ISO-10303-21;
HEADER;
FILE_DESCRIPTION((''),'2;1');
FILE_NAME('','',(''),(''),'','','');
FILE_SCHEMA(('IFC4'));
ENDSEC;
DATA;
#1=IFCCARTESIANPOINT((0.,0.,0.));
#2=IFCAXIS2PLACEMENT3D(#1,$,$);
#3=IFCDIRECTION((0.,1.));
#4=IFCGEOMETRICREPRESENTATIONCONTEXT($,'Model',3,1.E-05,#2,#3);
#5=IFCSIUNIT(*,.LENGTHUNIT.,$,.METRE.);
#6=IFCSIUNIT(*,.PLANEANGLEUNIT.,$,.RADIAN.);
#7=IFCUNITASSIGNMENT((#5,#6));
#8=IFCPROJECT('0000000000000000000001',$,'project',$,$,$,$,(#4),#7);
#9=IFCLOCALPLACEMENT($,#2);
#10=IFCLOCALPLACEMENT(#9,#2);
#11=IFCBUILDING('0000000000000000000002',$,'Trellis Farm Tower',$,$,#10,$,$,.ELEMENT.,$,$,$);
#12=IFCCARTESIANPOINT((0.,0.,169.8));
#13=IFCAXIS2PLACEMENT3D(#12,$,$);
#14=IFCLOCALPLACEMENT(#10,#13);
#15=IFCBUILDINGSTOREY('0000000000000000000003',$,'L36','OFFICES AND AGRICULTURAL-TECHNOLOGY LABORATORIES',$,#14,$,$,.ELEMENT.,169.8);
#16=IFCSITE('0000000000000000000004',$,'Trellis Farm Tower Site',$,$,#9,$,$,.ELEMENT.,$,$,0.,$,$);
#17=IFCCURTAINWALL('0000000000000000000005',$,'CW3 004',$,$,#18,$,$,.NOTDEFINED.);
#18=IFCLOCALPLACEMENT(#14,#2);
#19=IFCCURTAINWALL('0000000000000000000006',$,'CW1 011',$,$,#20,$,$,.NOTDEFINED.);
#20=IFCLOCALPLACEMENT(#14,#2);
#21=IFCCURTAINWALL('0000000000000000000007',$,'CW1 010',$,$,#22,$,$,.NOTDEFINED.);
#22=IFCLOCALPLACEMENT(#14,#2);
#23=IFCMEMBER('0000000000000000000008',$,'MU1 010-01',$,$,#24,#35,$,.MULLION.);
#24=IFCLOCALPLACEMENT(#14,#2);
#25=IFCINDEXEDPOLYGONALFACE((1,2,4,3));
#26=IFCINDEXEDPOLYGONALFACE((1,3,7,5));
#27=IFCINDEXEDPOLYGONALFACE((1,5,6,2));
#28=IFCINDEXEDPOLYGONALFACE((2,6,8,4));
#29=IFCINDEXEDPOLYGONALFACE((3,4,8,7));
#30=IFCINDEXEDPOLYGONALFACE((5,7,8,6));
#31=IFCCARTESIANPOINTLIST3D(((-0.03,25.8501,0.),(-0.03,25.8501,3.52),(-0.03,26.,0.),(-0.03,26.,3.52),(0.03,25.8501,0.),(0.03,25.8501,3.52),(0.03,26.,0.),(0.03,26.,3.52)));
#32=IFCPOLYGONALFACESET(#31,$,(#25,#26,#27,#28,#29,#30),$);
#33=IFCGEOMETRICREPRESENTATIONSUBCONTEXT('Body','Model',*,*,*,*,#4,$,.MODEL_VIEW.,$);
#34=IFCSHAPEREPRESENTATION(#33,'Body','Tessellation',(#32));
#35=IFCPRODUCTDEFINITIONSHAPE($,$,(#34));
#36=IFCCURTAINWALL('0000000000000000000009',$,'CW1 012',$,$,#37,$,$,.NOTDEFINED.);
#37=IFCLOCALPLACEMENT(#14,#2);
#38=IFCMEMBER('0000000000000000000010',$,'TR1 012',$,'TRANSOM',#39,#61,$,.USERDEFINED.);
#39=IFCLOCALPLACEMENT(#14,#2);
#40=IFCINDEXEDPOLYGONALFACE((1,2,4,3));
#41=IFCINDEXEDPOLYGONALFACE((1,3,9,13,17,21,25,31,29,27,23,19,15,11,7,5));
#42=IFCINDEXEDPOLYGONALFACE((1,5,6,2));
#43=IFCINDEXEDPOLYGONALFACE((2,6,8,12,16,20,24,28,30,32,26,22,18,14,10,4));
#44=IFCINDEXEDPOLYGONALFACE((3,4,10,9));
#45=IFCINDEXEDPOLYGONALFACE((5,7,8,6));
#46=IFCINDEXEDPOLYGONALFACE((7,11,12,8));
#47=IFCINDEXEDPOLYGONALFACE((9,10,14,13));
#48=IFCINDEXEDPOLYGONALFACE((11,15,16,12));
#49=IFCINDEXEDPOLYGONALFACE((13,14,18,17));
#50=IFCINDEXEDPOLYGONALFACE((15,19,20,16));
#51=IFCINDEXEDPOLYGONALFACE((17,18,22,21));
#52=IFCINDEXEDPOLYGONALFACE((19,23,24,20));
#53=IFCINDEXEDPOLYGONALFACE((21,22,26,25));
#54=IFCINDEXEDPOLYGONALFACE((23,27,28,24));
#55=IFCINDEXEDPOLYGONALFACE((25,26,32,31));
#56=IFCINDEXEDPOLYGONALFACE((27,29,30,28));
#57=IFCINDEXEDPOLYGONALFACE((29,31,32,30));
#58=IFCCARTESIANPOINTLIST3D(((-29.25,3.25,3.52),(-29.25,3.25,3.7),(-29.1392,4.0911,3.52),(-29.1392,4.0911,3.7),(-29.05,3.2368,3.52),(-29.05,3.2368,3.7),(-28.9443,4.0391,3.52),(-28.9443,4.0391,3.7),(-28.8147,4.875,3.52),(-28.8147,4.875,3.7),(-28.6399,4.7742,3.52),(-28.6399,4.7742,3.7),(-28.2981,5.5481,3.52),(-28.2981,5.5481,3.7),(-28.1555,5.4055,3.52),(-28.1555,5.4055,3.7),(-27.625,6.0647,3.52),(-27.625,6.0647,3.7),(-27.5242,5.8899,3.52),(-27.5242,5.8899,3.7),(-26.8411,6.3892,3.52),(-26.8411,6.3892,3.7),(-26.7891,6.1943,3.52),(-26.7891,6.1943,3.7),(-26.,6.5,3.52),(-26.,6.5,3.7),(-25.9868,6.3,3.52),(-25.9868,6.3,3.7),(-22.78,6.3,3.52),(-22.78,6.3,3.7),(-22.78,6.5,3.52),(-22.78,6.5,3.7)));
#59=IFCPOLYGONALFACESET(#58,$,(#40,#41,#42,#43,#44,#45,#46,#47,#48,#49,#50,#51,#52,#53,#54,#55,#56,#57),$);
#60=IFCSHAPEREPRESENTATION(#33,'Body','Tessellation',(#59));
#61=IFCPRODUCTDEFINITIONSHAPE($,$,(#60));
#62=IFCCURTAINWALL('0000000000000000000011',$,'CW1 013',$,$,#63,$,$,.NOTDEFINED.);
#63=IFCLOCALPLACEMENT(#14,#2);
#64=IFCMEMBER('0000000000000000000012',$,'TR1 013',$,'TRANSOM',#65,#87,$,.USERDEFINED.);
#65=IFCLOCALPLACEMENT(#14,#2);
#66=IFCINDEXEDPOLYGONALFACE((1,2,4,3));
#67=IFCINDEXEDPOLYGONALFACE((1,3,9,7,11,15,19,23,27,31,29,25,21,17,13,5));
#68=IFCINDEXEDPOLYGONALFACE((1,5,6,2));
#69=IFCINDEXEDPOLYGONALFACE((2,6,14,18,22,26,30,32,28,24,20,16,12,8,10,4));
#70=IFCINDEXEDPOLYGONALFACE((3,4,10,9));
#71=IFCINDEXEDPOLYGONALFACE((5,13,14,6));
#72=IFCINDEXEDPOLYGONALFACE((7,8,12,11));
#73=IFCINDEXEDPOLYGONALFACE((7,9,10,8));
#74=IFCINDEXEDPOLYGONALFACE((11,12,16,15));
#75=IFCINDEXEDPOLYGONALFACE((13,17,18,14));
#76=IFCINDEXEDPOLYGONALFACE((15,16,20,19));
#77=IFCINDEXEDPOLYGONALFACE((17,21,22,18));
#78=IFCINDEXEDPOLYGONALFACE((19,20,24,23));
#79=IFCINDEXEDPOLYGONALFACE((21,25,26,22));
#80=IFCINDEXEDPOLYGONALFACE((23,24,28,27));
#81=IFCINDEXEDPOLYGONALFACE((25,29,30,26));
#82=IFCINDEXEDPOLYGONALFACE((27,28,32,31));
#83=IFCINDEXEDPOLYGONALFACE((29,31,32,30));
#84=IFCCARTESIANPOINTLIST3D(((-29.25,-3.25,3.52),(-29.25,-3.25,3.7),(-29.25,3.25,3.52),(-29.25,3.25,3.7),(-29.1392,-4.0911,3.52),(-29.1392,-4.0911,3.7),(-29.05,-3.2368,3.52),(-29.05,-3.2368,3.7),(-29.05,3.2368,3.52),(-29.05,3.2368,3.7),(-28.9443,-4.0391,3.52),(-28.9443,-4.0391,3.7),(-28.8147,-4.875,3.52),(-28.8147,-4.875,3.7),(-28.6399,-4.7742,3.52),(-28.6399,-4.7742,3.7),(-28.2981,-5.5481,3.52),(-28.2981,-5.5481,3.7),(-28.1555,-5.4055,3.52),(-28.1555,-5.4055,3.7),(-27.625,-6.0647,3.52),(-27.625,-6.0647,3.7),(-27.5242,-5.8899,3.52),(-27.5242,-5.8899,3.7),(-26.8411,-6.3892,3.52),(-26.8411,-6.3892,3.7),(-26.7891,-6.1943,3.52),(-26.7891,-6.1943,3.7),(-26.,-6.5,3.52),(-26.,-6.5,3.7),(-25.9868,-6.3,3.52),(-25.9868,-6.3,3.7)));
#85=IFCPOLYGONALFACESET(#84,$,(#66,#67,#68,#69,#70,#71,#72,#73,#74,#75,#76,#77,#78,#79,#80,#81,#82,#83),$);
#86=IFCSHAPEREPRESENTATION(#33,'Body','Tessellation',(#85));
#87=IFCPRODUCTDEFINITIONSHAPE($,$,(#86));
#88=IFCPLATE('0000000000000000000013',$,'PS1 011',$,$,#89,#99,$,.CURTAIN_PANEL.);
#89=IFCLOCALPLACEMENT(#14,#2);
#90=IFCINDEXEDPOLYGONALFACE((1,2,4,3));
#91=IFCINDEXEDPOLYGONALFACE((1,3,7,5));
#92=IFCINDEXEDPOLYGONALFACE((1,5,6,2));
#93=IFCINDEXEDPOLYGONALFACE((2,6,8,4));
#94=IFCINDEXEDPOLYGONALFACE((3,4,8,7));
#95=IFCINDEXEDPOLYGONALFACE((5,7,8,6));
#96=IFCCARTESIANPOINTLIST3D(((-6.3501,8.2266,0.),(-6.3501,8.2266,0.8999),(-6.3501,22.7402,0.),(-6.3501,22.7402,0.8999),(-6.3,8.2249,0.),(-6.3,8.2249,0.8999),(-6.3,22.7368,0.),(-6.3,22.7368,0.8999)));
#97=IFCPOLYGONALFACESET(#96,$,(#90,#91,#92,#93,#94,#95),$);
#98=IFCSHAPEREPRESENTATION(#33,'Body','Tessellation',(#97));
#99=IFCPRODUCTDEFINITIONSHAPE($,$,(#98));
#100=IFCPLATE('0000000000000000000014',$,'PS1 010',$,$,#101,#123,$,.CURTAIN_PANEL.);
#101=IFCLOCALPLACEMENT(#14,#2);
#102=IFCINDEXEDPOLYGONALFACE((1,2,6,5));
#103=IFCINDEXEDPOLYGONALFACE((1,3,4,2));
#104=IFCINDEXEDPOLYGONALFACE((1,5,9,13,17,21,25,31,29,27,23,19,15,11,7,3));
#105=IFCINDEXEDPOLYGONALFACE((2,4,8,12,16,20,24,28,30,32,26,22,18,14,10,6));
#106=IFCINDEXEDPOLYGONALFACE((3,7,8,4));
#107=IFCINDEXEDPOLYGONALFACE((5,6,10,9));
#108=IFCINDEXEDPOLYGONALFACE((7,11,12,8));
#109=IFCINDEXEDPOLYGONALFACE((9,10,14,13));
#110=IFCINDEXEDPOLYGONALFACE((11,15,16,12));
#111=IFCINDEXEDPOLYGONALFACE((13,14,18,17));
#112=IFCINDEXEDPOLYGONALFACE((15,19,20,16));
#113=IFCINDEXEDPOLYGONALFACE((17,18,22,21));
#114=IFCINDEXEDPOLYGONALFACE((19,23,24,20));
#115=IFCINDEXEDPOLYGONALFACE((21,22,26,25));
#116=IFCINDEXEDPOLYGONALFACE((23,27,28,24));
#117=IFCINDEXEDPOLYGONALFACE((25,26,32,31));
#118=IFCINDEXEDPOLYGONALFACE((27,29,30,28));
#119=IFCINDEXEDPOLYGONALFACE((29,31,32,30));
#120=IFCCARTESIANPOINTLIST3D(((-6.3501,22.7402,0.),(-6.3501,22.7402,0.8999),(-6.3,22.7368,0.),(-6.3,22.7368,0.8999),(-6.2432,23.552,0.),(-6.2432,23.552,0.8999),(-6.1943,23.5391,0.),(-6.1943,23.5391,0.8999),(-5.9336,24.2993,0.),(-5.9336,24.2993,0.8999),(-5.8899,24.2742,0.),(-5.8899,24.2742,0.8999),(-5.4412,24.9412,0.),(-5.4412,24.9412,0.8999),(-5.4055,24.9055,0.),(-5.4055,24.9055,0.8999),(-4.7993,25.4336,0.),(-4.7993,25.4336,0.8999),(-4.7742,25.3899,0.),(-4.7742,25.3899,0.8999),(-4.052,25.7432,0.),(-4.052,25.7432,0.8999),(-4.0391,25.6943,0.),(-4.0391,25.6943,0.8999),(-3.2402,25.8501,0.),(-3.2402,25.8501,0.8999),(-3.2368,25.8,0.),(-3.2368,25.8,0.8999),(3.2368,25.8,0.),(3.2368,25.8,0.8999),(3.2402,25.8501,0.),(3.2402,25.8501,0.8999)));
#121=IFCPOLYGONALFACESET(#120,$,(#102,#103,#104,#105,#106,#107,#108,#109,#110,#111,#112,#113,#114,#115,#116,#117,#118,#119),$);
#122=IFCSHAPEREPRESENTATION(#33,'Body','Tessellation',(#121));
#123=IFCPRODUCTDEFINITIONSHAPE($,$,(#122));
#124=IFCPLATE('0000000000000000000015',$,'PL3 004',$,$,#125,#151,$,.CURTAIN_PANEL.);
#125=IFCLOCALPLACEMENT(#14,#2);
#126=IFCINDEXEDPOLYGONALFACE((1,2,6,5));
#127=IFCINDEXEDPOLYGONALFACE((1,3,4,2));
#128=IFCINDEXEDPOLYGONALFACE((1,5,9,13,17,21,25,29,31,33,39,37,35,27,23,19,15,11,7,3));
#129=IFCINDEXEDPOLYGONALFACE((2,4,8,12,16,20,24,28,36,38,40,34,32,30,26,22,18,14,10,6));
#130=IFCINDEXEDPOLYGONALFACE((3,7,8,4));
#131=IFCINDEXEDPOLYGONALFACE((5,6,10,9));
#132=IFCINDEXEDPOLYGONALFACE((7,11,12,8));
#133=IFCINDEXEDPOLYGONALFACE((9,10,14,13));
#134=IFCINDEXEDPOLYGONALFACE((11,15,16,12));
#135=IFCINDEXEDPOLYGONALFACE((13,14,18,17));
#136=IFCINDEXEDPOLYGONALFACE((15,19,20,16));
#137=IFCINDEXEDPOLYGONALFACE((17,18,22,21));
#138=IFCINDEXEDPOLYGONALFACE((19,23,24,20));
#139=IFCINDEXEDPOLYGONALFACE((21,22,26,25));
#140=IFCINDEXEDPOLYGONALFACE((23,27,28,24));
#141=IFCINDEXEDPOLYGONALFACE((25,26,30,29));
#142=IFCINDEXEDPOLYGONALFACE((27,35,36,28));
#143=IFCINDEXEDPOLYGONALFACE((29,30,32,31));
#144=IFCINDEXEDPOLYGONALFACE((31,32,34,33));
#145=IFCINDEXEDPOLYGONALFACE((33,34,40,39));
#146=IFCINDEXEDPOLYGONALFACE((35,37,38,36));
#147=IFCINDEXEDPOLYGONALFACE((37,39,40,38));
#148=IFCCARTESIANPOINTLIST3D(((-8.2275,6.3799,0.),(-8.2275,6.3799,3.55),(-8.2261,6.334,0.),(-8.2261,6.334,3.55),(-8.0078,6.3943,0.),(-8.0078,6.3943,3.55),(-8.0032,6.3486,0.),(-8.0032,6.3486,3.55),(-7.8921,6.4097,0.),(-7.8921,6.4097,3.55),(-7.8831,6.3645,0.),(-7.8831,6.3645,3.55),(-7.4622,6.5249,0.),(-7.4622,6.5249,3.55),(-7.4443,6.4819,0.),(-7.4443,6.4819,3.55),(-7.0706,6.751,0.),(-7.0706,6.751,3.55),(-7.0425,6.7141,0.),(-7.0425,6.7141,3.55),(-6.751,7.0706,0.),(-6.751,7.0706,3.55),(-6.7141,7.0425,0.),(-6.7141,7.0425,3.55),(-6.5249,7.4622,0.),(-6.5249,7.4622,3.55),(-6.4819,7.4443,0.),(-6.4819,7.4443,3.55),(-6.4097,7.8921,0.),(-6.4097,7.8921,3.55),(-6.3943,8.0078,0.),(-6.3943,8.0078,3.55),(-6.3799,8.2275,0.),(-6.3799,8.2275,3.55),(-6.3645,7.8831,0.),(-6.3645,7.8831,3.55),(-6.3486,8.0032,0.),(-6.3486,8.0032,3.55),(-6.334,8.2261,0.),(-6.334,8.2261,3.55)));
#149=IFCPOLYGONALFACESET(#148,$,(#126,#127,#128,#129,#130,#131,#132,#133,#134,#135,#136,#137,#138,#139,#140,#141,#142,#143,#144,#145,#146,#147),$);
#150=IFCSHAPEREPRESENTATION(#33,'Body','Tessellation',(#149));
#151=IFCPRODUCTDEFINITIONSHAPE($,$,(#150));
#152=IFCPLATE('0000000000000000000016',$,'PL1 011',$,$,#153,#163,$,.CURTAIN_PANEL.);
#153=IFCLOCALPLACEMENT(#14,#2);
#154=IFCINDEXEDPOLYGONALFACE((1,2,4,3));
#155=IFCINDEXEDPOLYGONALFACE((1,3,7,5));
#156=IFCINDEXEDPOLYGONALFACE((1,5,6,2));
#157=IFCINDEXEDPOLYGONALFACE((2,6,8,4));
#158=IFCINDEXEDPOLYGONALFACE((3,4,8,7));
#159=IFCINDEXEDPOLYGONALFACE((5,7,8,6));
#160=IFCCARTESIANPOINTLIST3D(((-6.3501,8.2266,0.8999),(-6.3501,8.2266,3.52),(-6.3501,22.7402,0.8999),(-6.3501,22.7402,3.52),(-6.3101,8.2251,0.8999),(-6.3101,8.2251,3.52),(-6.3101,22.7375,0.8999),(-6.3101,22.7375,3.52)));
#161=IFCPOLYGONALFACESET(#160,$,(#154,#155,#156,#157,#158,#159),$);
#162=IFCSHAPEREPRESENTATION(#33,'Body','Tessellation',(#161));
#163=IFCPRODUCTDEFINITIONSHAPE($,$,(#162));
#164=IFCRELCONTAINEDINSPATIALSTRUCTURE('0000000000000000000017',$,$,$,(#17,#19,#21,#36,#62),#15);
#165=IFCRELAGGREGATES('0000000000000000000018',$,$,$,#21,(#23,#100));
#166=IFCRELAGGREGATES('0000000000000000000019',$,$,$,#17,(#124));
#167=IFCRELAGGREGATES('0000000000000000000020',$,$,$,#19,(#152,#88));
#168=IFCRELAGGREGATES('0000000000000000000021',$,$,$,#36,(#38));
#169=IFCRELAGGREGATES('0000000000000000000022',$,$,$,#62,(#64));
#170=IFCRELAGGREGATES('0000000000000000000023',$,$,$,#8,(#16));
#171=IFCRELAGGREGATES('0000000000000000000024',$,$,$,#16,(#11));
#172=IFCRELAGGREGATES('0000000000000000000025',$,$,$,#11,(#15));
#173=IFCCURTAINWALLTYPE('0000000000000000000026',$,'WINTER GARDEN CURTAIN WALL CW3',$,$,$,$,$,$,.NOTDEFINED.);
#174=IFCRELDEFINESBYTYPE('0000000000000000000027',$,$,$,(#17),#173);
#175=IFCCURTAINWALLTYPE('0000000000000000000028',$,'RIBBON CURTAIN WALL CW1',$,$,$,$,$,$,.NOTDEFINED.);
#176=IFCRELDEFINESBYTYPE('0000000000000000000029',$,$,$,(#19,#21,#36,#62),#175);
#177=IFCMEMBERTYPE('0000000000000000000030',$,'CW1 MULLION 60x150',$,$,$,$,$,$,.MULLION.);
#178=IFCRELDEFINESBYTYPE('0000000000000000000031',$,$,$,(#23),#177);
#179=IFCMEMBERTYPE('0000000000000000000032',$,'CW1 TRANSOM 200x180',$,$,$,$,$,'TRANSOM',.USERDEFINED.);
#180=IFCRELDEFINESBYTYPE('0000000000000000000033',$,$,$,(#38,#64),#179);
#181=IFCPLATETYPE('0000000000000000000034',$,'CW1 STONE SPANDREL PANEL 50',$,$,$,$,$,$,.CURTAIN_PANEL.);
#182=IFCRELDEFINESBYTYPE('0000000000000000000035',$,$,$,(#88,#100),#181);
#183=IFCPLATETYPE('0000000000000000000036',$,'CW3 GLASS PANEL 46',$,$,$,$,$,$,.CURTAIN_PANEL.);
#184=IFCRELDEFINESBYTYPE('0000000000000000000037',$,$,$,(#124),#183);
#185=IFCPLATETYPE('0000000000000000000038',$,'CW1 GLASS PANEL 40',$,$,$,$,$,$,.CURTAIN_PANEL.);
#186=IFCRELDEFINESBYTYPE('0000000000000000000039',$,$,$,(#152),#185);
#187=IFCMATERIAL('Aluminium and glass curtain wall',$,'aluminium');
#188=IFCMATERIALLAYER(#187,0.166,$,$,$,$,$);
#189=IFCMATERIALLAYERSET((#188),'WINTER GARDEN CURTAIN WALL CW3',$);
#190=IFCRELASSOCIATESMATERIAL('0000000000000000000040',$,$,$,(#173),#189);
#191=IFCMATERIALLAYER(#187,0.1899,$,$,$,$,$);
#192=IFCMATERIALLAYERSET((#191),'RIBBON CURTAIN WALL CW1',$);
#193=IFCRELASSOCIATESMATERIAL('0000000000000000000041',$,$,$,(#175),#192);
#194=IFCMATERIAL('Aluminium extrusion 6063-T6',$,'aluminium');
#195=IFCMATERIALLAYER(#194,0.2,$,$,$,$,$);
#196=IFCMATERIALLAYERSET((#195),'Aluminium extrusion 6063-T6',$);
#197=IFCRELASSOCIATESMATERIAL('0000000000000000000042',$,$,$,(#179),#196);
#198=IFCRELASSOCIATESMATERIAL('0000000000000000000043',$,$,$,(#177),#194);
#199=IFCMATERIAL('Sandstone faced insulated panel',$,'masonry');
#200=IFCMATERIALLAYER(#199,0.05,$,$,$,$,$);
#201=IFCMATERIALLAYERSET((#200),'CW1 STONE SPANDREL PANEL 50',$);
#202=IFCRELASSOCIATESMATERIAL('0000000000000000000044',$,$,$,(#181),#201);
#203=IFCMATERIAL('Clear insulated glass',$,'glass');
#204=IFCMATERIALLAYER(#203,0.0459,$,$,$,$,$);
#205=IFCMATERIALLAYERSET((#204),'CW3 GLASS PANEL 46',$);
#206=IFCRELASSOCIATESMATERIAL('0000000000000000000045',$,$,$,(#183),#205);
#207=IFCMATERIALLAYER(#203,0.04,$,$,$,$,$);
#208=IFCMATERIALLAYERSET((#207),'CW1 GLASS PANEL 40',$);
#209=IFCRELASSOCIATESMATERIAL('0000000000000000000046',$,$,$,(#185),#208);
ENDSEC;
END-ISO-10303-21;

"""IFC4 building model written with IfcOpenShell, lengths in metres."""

from ifc_helpers import new_model, si_unit, direction, frame, origin, origin_2d, place, context, subcontext, project, spatial, polyline, rectangle, outline, extrude, source, transform, mapped, material, layer, layer_set, material_profile, profile_set, type_object, element, aggregate, save


model = new_model("IFC4")

# Units and contexts
model_context = context("Model", 3, precision=1e-05, world=origin(), true_north=direction((0.0, 1.0)))
body_context = subcontext(model_context, "Body", "Model", "MODEL_VIEW")
ifc_project = project(units=[si_unit("LENGTHUNIT", "METRE"), si_unit("PLANEANGLEUNIT", "RADIAN")], contexts=[model_context])

# Site, building, storey
site_placement = place(None, origin())
site = spatial("IfcSite", under=ifc_project, at=site_placement, Name="Trellis Farm Tower Site", CompositionType="ELEMENT", RefElevation=0.0)
building_placement = place(site_placement, origin())
building = spatial("IfcBuilding", under=site, at=building_placement, Name="Trellis Farm Tower", CompositionType="ELEMENT")
storey_placement = place(building_placement, frame((0.0, 0.0, 169.8)))
storey = spatial("IfcBuildingStorey", under=building, at=storey_placement, Name="L36", Description="OFFICES AND AGRICULTURAL-TECHNOLOGY LABORATORIES", CompositionType="ELEMENT", Elevation=169.8)

# Curtain walls
ifc_material_1 = material(Name="Aluminium and glass curtain wall", Category="aluminium")
ifc_layer_1 = layer(ifc_material_1, 0.166)
ifc_layer_set_1 = layer_set([ifc_layer_1], Name="WINTER GARDEN CURTAIN WALL CW3")
curtain_wall_type_1 = type_object("IfcCurtainWallType", Name="WINTER GARDEN CURTAIN WALL CW3", PredefinedType="NOTDEFINED", material=ifc_layer_set_1)
placement_1 = place(storey_placement, origin())
curtain_wall_1 = element("IfcCurtainWall", 1, at=placement_1, inside=storey, type_object=curtain_wall_type_1, Name="CW3 004", PredefinedType="NOTDEFINED")
ifc_material_2 = material(Name="Aluminium extrusion 6063-T6", Category="aluminium")
ifc_layer_2 = layer(ifc_material_1, 0.1899)
ifc_layer_set_2 = layer_set([ifc_layer_2], Name="RIBBON CURTAIN WALL CW1")
curtain_wall_type_2 = type_object("IfcCurtainWallType", Name="RIBBON CURTAIN WALL CW1", PredefinedType="NOTDEFINED", material=ifc_layer_set_2)
curtain_wall_2 = element("IfcCurtainWall", 2, at=placement_1, inside=storey, type_object=curtain_wall_type_2, Name="CW1 011", PredefinedType="NOTDEFINED")
ifc_layer_3 = layer(ifc_material_2, 0.2)
ifc_layer_set_3 = layer_set([ifc_layer_3], Name="Aluminium extrusion 6063-T6")
member_type_1 = type_object("IfcMemberType", Name="CW1 TRANSOM 200x180", ElementType="TRANSOM", PredefinedType="USERDEFINED", material=ifc_layer_set_3)
placement_2 = place(storey_placement, frame((0.0, 0.0, 3.52)))

# Curtain wall, member
curtain_wall_3 = element("IfcCurtainWall", 3, at=placement_1, inside=storey, type_object=curtain_wall_type_2, Name="CW1 010", PredefinedType="NOTDEFINED")
ifc_material_profile_1 = material_profile(ifc_material_2, rectangle(XDim=0.0601, YDim=0.1499, at=origin_2d()), Name="MULLION 60x150")
ifc_profile_set_1 = profile_set([ifc_material_profile_1], Name="Aluminium extrusion 6063-T6")
member_type_2 = type_object("IfcMemberType", Name="CW1 MULLION 60x150", PredefinedType="MULLION", material=ifc_profile_set_1)
shared_shape_1 = source(origin(), body_context, "Body", "SweptSolid", [
    extrude(rectangle(XDim=0.0601, YDim=0.1499, at=origin_2d()), origin(), (0.0, 0.0, 1.0), 3.52),
])
member_1_placement = place(storey_placement, frame((0.0, 25.925, 0.0), z_axis=(0.0, 0.0, 1.0), x_axis=(-1.0, 0.0, 0.0)))
member_1 = element("IfcMember", 4, at=member_1_placement, type_object=member_type_2, Name="MU1 010-01", PredefinedType="MULLION", context=body_context, shape_type="MappedRepresentation", body=[
    mapped(shared_shape_1, transform((0.0, 0.0, 0.0))),
])

# Curtain walls, members
curtain_wall_4 = element("IfcCurtainWall", 5, at=placement_1, inside=storey, type_object=curtain_wall_type_2, Name="CW1 012", PredefinedType="NOTDEFINED")
shared_shape_2 = source(origin(), body_context, "Body", "SweptSolid", [
    extrude(outline(polyline([(-22.78, 6.5), (-26.0, 6.5), (-26.8411, 6.3892), (-27.625, 6.0647), (-28.2981, 5.5481), (-28.8147, 4.875), (-29.1392, 4.0911), (-29.25, 3.25), (-29.05, 3.2368), (-28.9443, 4.0391), (-28.6399, 4.7742), (-28.1555, 5.4055), (-27.5242, 5.8899), (-26.7891, 6.1943), (-25.9868, 6.3), (-22.78, 6.3), (-22.78, 6.5)])), origin(), (0.0, 0.0, 1.0), 0.1799),
])
member_2 = element("IfcMember", 6, at=placement_2, type_object=member_type_1, Name="TR1 012", ObjectType="TRANSOM", PredefinedType="USERDEFINED", context=body_context, shape_type="MappedRepresentation", body=[
    mapped(shared_shape_2, transform((0.0, 0.0, 0.0))),
])
curtain_wall_5 = element("IfcCurtainWall", 7, at=placement_1, inside=storey, type_object=curtain_wall_type_2, Name="CW1 013", PredefinedType="NOTDEFINED")
shared_shape_3 = source(origin(), body_context, "Body", "SweptSolid", [
    extrude(outline(polyline([(-29.25, 3.25), (-29.25, -3.25), (-29.1392, -4.0911), (-28.8147, -4.875), (-28.2981, -5.5481), (-27.625, -6.0647), (-26.8411, -6.3892), (-26.0, -6.5), (-25.9868, -6.3), (-26.7891, -6.1943), (-27.5242, -5.8899), (-28.1555, -5.4055), (-28.6399, -4.7742), (-28.9443, -4.0391), (-29.05, -3.2368), (-29.05, 3.2368), (-29.25, 3.25)])), origin(), (0.0, 0.0, 1.0), 0.1799),
])
member_3 = element("IfcMember", 8, at=placement_2, type_object=member_type_1, Name="TR1 013", ObjectType="TRANSOM", PredefinedType="USERDEFINED", context=body_context, shape_type="MappedRepresentation", body=[
    mapped(shared_shape_3, transform((0.0, 0.0, 0.0))),
])

# Plates
ifc_material_3 = material(Name="Sandstone faced insulated panel", Category="masonry")
ifc_layer_4 = layer(ifc_material_3, 0.05)
ifc_layer_set_4 = layer_set([ifc_layer_4], Name="CW1 STONE SPANDREL PANEL 50")
plate_type_1 = type_object("IfcPlateType", Name="CW1 STONE SPANDREL PANEL 50", PredefinedType="CURTAIN_PANEL", material=ifc_layer_set_4)
shared_shape_4 = source(origin(), body_context, "Body", "SweptSolid", [
    extrude(outline(polyline([(-6.3501, 22.7402), (-6.3501, 8.2266), (-6.3, 8.2249), (-6.3, 22.7368), (-6.3501, 22.7402)])), origin(), (0.0, 0.0, 1.0), 0.8999),
])
plate_1 = element("IfcPlate", 9, at=placement_1, type_object=plate_type_1, Name="PS1 011", PredefinedType="CURTAIN_PANEL", context=body_context, shape_type="MappedRepresentation", body=[
    mapped(shared_shape_4, transform((0.0, 0.0, 0.0))),
])
shared_shape_5 = source(origin(), body_context, "Body", "SweptSolid", [
    extrude(outline(polyline([(3.2402, 25.8501), (-3.2402, 25.8501), (-4.052, 25.7432), (-4.7993, 25.4336), (-5.4412, 24.9412), (-5.9336, 24.2993), (-6.2432, 23.552), (-6.3501, 22.7402), (-6.3, 22.7368), (-6.1943, 23.5391), (-5.8899, 24.2742), (-5.4055, 24.9055), (-4.7742, 25.3899), (-4.0391, 25.6943), (-3.2368, 25.8), (3.2368, 25.8), (3.2402, 25.8501)])), origin(), (0.0, 0.0, 1.0), 0.8999),
])
plate_2 = element("IfcPlate", 10, at=placement_1, type_object=plate_type_1, Name="PS1 010", PredefinedType="CURTAIN_PANEL", context=body_context, shape_type="MappedRepresentation", body=[
    mapped(shared_shape_5, transform((0.0, 0.0, 0.0))),
])
aggregate(curtain_wall_3, [member_1, plate_2])
ifc_material_4 = material(Name="Clear insulated glass", Category="glass")
ifc_layer_5 = layer(ifc_material_4, 0.0459)
ifc_layer_set_5 = layer_set([ifc_layer_5], Name="CW3 GLASS PANEL 46")
plate_type_2 = type_object("IfcPlateType", Name="CW3 GLASS PANEL 46", PredefinedType="CURTAIN_PANEL", material=ifc_layer_set_5)
shared_shape_6 = source(origin(), body_context, "Body", "SweptSolid", [
    extrude(outline(polyline([(-6.3799, 8.2275), (-6.3943, 8.0078), (-6.4097, 7.8921), (-6.5249, 7.4622), (-6.751, 7.0706), (-7.0706, 6.751), (-7.4622, 6.5249), (-7.8921, 6.4097), (-8.0078, 6.3943), (-8.2275, 6.3799), (-8.2261, 6.334), (-8.0032, 6.3486), (-7.8831, 6.3645), (-7.4443, 6.4819), (-7.0425, 6.7141), (-6.7141, 7.0425), (-6.4819, 7.4443), (-6.3645, 7.8831), (-6.3486, 8.0032), (-6.334, 8.2261), (-6.3799, 8.2275)])), origin(), (0.0, 0.0, 1.0), 3.55),
])
plate_3 = element("IfcPlate", 11, at=placement_1, type_object=plate_type_2, Name="PL3 004", PredefinedType="CURTAIN_PANEL", context=body_context, shape_type="MappedRepresentation", body=[
    mapped(shared_shape_6, transform((0.0, 0.0, 0.0))),
])
aggregate(curtain_wall_1, [plate_3])
ifc_layer_6 = layer(ifc_material_4, 0.04)
ifc_layer_set_6 = layer_set([ifc_layer_6], Name="CW1 GLASS PANEL 40")
plate_type_3 = type_object("IfcPlateType", Name="CW1 GLASS PANEL 40", PredefinedType="CURTAIN_PANEL", material=ifc_layer_set_6)
shared_shape_7 = source(origin(), body_context, "Body", "SweptSolid", [
    extrude(outline(polyline([(-6.3501, 22.7402), (-6.3501, 8.2266), (-6.3101, 8.2251), (-6.3101, 22.7375), (-6.3501, 22.7402)])), origin(), (0.0, 0.0, 1.0), 2.6201),
])
placement_3 = place(storey_placement, frame((0.0, 0.0, 0.8999)))
plate_4 = element("IfcPlate", 12, at=placement_3, type_object=plate_type_3, Name="PL1 011", PredefinedType="CURTAIN_PANEL", context=body_context, shape_type="MappedRepresentation", body=[
    mapped(shared_shape_7, transform((0.0, 0.0, 0.0))),
])
aggregate(curtain_wall_2, [plate_4, plate_1])
aggregate(curtain_wall_4, [member_2])
aggregate(curtain_wall_5, [member_3])

save(model, "model.ifc")
